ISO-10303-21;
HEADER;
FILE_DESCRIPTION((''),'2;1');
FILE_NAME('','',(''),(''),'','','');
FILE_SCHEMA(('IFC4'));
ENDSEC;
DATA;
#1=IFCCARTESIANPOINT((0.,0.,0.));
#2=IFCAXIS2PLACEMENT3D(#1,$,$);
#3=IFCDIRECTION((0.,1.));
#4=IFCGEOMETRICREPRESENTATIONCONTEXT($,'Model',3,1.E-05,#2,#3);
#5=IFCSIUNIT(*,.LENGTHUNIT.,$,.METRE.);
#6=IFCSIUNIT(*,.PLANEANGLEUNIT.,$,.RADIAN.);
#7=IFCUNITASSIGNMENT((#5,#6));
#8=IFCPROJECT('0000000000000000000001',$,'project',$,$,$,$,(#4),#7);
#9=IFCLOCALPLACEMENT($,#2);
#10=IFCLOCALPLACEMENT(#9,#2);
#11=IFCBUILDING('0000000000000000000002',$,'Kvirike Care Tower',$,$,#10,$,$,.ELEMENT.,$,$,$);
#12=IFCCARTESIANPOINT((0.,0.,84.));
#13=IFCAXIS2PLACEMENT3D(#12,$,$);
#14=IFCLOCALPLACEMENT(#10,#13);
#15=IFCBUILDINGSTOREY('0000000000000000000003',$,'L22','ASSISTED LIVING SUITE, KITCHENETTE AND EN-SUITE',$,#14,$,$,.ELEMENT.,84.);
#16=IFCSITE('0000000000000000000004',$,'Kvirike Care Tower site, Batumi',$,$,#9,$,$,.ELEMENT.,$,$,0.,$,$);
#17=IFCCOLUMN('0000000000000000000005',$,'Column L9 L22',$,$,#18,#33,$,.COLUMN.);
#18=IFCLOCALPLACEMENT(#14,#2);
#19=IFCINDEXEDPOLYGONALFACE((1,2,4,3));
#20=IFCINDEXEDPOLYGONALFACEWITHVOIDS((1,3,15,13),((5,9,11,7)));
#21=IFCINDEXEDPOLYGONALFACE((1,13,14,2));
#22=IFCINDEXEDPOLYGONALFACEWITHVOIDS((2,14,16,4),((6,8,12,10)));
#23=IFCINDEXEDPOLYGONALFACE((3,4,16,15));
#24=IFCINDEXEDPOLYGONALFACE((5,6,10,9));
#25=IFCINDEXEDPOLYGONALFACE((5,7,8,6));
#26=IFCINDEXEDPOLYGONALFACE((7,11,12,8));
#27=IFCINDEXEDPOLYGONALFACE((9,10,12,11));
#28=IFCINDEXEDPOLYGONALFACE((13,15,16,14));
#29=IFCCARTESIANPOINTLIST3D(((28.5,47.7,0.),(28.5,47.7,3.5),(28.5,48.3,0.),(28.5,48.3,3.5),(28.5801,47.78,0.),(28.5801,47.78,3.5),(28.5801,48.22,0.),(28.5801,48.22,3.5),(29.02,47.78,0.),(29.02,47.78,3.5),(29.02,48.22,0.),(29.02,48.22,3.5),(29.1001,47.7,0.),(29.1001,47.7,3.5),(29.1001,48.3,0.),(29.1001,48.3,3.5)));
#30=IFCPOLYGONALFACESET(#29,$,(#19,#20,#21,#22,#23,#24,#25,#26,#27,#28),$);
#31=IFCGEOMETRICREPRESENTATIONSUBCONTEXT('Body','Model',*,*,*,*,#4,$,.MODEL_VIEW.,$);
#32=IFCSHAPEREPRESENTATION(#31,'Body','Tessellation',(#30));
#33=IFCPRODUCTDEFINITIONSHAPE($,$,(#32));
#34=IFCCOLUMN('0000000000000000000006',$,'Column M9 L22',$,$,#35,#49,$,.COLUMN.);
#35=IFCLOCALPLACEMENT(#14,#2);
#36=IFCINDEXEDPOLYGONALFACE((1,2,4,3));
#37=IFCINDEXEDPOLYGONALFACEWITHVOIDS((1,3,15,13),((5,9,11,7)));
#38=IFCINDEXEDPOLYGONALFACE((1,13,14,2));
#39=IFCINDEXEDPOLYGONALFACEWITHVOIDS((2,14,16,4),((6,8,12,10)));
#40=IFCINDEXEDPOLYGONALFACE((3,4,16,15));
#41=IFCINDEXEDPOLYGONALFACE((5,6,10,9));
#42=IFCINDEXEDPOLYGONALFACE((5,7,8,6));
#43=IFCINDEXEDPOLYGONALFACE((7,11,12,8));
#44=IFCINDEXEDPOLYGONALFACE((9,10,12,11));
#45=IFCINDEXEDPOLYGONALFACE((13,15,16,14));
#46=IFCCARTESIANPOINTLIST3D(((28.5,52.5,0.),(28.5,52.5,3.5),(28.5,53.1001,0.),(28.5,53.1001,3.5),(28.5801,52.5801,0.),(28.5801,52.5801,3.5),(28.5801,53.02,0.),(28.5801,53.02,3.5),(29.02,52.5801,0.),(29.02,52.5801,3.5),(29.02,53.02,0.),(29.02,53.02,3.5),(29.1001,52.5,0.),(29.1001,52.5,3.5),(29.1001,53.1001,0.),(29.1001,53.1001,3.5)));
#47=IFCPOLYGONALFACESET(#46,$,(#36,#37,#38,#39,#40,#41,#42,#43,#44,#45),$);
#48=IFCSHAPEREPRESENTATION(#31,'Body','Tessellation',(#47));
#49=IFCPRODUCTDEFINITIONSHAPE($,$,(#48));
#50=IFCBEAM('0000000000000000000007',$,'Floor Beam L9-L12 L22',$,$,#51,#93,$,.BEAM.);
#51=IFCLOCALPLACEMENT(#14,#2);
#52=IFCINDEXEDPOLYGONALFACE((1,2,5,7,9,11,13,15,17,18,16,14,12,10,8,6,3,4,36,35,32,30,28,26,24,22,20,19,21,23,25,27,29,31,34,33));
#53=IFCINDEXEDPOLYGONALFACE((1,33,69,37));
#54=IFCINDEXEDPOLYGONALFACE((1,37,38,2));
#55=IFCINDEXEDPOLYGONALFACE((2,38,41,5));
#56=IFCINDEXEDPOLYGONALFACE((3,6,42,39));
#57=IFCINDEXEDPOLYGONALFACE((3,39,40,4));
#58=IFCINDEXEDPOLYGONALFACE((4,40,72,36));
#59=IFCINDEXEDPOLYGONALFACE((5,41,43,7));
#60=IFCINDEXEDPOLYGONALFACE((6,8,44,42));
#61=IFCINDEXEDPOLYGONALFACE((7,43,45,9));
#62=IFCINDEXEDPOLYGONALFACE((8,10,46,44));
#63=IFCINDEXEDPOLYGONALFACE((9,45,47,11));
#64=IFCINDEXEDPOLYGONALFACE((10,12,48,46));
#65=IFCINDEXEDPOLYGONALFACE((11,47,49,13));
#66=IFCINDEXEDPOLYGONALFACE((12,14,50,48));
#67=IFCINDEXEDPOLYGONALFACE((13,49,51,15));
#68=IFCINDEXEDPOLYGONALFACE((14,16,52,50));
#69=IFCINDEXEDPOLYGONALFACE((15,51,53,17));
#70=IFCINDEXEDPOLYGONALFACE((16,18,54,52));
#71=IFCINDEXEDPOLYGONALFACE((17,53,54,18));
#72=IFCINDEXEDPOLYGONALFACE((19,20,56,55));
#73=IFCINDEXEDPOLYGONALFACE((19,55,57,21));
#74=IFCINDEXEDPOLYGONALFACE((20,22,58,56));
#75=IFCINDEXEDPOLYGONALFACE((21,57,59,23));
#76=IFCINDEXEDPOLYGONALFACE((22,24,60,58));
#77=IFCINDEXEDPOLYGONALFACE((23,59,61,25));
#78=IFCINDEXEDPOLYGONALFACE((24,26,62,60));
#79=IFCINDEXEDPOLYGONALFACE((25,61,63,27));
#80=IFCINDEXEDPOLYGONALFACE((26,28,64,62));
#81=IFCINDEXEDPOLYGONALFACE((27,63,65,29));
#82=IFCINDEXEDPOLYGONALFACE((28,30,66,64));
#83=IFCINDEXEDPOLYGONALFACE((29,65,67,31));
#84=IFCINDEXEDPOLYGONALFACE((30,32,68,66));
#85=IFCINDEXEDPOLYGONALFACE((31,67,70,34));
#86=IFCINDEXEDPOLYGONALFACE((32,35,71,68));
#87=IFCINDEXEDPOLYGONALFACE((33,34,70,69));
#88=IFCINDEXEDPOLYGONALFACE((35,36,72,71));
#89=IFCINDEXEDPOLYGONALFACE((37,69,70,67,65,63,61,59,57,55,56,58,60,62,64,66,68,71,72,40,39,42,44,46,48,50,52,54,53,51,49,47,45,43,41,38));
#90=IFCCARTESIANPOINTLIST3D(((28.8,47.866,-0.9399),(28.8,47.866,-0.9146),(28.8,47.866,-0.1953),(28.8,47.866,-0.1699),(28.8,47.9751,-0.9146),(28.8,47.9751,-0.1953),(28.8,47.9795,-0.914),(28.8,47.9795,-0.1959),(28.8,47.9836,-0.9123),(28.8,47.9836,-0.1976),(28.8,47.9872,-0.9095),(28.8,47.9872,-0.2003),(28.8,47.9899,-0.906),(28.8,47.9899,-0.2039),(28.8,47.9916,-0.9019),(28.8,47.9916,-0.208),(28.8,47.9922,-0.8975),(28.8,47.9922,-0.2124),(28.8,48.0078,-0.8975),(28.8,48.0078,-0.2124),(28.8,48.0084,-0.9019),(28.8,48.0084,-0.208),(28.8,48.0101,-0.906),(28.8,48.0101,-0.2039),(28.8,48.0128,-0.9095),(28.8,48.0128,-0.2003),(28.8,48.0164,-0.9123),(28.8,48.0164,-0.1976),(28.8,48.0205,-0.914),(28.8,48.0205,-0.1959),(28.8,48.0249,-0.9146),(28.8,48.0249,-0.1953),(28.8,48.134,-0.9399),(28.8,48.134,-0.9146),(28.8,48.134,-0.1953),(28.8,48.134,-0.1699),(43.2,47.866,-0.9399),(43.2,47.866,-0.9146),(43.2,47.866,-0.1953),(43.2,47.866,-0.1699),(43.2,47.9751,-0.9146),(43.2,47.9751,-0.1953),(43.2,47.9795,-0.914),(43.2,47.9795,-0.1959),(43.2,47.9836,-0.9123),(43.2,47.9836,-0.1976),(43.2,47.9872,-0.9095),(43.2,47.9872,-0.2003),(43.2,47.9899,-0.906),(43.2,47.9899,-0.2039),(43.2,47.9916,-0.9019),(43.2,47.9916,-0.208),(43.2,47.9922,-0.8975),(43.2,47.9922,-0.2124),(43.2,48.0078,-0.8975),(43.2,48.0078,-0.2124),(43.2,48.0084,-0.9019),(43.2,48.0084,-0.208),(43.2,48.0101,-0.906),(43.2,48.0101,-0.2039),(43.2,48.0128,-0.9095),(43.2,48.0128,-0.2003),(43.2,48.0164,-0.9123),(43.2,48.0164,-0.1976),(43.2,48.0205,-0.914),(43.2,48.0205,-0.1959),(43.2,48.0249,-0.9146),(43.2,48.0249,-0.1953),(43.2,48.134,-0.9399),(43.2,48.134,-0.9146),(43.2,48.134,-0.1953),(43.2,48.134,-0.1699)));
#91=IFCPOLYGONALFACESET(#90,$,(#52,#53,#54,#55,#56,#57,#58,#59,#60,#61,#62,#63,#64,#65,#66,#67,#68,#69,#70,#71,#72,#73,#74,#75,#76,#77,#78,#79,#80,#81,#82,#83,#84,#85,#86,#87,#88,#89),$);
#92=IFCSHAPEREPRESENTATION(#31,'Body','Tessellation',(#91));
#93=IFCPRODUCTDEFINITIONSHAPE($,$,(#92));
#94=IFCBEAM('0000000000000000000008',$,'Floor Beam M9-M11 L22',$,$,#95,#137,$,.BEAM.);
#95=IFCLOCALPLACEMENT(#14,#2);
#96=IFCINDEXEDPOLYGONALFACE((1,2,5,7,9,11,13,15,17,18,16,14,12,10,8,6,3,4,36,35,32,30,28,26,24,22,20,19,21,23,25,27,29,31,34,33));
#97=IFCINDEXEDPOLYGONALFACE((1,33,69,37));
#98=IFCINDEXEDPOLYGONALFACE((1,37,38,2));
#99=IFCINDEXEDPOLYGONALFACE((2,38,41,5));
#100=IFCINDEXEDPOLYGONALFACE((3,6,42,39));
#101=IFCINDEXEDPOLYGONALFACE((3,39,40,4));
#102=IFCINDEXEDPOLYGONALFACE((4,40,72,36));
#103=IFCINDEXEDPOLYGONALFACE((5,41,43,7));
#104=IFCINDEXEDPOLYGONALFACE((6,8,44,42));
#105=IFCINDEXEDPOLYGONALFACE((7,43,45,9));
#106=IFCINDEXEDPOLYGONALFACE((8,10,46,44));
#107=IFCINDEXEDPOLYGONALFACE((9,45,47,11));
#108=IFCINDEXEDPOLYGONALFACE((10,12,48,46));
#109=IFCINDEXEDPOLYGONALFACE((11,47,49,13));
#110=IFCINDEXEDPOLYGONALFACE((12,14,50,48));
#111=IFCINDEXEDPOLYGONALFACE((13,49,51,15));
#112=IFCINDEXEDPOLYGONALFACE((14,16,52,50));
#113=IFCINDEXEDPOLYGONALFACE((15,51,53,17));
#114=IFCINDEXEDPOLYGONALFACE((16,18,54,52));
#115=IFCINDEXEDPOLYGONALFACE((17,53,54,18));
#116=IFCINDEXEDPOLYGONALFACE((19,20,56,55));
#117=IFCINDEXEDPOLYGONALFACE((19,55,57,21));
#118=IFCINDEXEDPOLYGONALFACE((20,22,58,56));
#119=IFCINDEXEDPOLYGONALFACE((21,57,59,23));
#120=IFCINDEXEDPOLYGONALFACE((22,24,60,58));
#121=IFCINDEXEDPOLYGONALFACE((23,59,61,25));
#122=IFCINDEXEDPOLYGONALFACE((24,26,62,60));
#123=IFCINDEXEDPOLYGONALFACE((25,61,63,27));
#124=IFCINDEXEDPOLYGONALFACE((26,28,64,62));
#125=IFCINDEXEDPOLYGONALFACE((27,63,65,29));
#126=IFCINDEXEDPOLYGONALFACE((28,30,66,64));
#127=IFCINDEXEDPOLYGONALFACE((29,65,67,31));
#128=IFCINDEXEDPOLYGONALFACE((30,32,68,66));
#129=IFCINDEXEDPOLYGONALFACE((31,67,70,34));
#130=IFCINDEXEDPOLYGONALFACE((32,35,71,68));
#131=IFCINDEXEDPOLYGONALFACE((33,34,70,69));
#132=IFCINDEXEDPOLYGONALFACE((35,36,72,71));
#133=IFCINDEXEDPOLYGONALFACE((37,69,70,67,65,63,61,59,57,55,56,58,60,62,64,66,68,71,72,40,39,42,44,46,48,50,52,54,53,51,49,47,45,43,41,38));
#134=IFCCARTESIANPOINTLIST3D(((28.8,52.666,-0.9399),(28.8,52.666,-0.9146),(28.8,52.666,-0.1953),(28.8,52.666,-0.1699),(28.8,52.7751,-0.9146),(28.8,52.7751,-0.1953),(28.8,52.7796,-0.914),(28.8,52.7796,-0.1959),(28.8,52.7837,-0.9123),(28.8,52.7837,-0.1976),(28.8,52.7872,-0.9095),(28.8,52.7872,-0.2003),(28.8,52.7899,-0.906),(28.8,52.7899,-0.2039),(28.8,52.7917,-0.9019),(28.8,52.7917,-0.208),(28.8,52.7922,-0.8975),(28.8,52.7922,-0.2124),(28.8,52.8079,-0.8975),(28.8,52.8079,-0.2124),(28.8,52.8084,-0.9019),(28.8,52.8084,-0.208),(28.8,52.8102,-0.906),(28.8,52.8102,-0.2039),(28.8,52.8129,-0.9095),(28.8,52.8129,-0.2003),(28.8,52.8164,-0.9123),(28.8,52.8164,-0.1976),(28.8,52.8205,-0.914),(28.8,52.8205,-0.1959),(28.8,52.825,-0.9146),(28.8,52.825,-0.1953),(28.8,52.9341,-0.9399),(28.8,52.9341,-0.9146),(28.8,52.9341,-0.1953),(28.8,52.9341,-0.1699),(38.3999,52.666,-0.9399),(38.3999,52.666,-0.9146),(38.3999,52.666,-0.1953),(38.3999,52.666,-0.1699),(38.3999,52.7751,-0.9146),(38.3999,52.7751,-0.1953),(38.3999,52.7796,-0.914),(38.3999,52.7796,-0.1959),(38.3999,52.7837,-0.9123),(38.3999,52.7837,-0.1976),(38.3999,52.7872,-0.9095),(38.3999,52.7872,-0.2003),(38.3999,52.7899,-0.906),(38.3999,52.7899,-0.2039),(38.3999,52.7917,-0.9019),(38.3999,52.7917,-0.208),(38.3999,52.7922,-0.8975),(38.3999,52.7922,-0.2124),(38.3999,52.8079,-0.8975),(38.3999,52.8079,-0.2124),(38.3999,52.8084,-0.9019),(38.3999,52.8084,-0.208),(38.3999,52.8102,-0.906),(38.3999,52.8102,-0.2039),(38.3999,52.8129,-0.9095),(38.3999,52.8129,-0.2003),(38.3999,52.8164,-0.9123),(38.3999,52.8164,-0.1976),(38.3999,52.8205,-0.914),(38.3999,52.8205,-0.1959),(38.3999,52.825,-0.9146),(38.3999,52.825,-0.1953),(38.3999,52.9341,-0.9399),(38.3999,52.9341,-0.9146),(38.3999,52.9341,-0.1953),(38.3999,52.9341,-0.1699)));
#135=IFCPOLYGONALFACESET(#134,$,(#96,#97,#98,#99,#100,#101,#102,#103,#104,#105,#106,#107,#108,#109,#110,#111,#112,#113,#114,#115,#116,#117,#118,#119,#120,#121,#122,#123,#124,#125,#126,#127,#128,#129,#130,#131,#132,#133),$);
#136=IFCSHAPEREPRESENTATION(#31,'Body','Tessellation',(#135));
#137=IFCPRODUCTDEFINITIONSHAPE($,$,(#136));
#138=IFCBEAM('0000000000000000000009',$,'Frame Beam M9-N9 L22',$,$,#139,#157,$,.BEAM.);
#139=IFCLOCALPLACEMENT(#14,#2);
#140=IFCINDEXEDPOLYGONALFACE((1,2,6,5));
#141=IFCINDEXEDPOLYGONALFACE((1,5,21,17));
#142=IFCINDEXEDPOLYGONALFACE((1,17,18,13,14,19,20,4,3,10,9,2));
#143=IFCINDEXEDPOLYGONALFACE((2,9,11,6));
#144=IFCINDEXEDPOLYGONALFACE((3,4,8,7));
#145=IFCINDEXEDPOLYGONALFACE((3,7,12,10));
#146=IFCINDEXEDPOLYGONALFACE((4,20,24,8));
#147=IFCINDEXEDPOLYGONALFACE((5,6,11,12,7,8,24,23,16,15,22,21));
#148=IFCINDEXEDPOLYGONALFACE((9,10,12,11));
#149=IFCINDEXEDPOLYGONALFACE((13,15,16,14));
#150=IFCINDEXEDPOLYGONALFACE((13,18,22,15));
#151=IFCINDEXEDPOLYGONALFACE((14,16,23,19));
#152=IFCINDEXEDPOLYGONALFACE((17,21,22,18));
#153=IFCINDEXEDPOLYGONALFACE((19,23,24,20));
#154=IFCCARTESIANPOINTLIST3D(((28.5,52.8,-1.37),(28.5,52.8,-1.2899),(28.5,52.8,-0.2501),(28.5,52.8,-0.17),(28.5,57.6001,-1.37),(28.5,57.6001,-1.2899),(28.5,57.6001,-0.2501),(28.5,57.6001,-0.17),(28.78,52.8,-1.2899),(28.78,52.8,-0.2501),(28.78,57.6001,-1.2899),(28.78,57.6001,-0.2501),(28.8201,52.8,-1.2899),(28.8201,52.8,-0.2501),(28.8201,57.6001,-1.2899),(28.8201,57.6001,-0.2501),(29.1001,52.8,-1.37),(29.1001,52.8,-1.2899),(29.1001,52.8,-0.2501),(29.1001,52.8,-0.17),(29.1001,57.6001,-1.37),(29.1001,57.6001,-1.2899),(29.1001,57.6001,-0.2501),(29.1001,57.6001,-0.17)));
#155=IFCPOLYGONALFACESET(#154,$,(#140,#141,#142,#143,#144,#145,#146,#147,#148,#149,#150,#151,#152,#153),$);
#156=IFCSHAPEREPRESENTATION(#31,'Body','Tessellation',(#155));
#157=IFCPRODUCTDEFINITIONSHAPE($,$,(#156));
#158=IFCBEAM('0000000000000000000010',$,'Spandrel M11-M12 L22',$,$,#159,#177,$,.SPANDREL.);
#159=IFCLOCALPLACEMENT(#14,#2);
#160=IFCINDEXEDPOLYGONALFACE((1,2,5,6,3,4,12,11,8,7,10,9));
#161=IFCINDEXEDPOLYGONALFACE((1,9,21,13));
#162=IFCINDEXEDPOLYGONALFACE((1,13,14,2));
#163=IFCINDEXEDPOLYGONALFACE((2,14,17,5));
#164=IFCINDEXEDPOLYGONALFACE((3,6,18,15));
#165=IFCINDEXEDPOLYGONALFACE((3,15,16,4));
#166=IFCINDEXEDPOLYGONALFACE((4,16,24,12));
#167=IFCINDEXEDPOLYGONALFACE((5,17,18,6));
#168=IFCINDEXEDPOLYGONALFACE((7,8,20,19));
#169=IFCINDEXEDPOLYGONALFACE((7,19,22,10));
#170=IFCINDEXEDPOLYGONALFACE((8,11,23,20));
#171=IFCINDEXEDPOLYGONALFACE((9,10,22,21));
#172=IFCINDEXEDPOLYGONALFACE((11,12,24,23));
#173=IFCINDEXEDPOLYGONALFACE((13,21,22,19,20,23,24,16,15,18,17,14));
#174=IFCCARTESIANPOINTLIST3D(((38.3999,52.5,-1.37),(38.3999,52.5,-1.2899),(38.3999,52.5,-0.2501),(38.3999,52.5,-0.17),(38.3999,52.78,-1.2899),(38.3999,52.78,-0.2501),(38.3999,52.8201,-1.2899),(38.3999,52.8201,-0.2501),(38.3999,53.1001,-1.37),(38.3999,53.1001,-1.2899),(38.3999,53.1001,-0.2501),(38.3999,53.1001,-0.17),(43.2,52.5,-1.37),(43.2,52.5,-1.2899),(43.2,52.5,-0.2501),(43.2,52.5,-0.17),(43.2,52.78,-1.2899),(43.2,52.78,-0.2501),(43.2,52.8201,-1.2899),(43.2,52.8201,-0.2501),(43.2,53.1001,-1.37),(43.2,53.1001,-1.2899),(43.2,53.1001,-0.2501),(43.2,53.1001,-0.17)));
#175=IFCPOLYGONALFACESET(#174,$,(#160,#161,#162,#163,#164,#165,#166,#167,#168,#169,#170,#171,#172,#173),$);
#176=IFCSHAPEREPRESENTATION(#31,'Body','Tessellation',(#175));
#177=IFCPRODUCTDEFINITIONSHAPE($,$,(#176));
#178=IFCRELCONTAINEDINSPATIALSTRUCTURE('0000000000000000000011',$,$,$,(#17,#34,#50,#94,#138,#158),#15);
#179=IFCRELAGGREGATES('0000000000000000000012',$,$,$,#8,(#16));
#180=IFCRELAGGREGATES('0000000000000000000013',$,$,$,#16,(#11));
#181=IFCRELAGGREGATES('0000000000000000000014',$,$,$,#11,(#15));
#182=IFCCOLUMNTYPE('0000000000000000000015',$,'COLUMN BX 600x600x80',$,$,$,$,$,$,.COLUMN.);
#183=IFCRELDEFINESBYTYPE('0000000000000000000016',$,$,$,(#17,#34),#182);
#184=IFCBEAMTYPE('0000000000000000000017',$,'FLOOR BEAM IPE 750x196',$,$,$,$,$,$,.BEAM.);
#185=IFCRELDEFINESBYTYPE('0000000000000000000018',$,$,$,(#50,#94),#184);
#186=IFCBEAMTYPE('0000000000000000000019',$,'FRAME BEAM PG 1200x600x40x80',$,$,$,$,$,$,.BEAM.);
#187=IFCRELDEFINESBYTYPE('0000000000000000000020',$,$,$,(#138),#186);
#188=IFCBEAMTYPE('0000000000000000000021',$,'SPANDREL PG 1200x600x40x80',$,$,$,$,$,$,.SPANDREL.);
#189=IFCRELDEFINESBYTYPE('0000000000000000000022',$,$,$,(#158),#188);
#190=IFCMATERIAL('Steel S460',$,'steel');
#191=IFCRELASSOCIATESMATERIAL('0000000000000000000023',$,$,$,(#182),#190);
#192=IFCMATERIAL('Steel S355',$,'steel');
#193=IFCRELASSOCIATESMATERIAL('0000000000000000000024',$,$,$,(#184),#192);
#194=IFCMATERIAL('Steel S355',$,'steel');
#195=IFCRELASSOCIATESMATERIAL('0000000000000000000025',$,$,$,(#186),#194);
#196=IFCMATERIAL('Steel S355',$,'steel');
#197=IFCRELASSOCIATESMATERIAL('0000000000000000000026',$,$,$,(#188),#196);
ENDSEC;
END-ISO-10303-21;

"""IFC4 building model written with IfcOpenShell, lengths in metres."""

from ifc_helpers import new_model, si_unit, direction, frame, origin, origin_2d, place, context, subcontext, project, spatial, hollow_rectangle, i_section, extrude, material, material_profile, profile_set, type_object, element, save


model = new_model("IFC4")

# Units and contexts
model_context = context("Model", 3, precision=1e-05, world=origin(), true_north=direction((0.0, 1.0)))
body_context = subcontext(model_context, "Body", "Model", "MODEL_VIEW")
ifc_project = project(units=[si_unit("LENGTHUNIT", "METRE"), si_unit("PLANEANGLEUNIT", "RADIAN")], contexts=[model_context])

# Site, building, storey
site_placement = place(None, origin())
site = spatial("IfcSite", under=ifc_project, at=site_placement, Name="Kvirike Care Tower site, Batumi", CompositionType="ELEMENT", RefElevation=0.0)
building_placement = place(site_placement, origin())
building = spatial("IfcBuilding", under=site, at=building_placement, Name="Kvirike Care Tower", CompositionType="ELEMENT")
storey_placement = place(building_placement, frame((0.0, 0.0, 84.0)))
storey = spatial("IfcBuildingStorey", under=building, at=storey_placement, Name="L22", Description="ASSISTED LIVING SUITE, KITCHENETTE AND EN-SUITE", CompositionType="ELEMENT", Elevation=84.0)

# Columns
ifc_material_1 = material(Name="Steel S460", Category="steel")
ifc_material_profile_1 = material_profile(ifc_material_1, hollow_rectangle(XDim=0.6001, YDim=0.6001, WallThickness=0.0801, at=origin_2d()), Name="BX 600x600x80")
ifc_profile_set_1 = profile_set([ifc_material_profile_1], Name="Steel S460")
column_type = type_object("IfcColumnType", Name="COLUMN BX 600x600x80", PredefinedType="COLUMN", material=ifc_profile_set_1)
for number, where, z_axis, x_axis, name in (
    (1, (28.8, 48.0, 0.0), (0.0, 0.0, 1.0), (1.0, 0.0, 0.0), "Column L9 L22"),
    (2, (28.8, 52.8, 0.0), (0.0, 0.0, 1.0), (0.0, 1.0, 0.0), "Column M9 L22"),
):
    element("IfcColumn", number, at=place(storey_placement, frame(where, z_axis=z_axis, x_axis=x_axis)), inside=storey, type_object=column_type, Name=name, PredefinedType="COLUMN", context=body_context, shape_type="SweptSolid", body=[
        extrude(hollow_rectangle(XDim=0.6001, YDim=0.6001, WallThickness=0.0801, at=origin_2d()), origin(), (0.0, 0.0, 1.0), 3.5),
    ])

# Beams
ifc_material_2 = material(Name="Steel S355", Category="steel")
ifc_material_profile_2 = material_profile(ifc_material_2, i_section(OverallWidth=0.2681, OverallDepth=0.77, WebThickness=0.0156, FlangeThickness=0.0254, FilletRadius=0.0171, at=origin_2d()), Name="IPE 750x196")
ifc_profile_set_2 = profile_set([ifc_material_profile_2], Name="Steel S355")
beam_type_1 = type_object("IfcBeamType", Name="FLOOR BEAM IPE 750x196", PredefinedType="BEAM", material=ifc_profile_set_2)
beam_1_placement = place(storey_placement, frame((28.8, 48.0, -0.5549), z_axis=(1.0, 0.0, 0.0), x_axis=(0.0, 1.0, 0.0)))
element("IfcBeam", 3, at=beam_1_placement, inside=storey, type_object=beam_type_1, Name="Floor Beam L9-L12 L22", PredefinedType="BEAM", context=body_context, shape_type="SweptSolid", body=[
    extrude(i_section(OverallWidth=0.2681, OverallDepth=0.77, WebThickness=0.0156, FlangeThickness=0.0254, FilletRadius=0.0171, at=origin_2d()), origin(), (0.0, 0.0, 1.0), 14.3999),
])
beam_2_placement = place(storey_placement, frame((28.8, 52.8, -0.5549), z_axis=(1.0, 0.0, 0.0), x_axis=(0.0, 1.0, 0.0)))
element("IfcBeam", 4, at=beam_2_placement, inside=storey, type_object=beam_type_1, Name="Floor Beam M9-M11 L22", PredefinedType="BEAM", context=body_context, shape_type="SweptSolid", body=[
    extrude(i_section(OverallWidth=0.2681, OverallDepth=0.77, WebThickness=0.0156, FlangeThickness=0.0254, FilletRadius=0.0171, at=origin_2d()), origin(), (0.0, 0.0, 1.0), 9.5999),
])
ifc_material_3 = material(Name="Steel S355", Category="steel")
ifc_material_profile_3 = material_profile(ifc_material_3, i_section(OverallWidth=0.6001, OverallDepth=1.2, WebThickness=0.04, FlangeThickness=0.0801, at=origin_2d()), Name="PG 1200x600x40x80")
ifc_profile_set_3 = profile_set([ifc_material_profile_3], Name="Steel S355")
beam_type_2 = type_object("IfcBeamType", Name="FRAME BEAM PG 1200x600x40x80", PredefinedType="BEAM", material=ifc_profile_set_3)
beam_3_placement = place(storey_placement, frame((28.8, 52.8, -0.77), z_axis=(0.0, 1.0, 0.0), x_axis=(-1.0, 0.0, 0.0)))
element("IfcBeam", 5, at=beam_3_placement, inside=storey, type_object=beam_type_2, Name="Frame Beam M9-N9 L22", PredefinedType="BEAM", context=body_context, shape_type="SweptSolid", body=[
    extrude(i_section(OverallWidth=0.6001, OverallDepth=1.2, WebThickness=0.04, FlangeThickness=0.0801, at=origin_2d()), origin(), (0.0, 0.0, 1.0), 4.8),
])
ifc_material_4 = material(Name="Steel S355", Category="steel")
ifc_material_profile_4 = material_profile(ifc_material_4, i_section(OverallWidth=0.6001, OverallDepth=1.2, WebThickness=0.04, FlangeThickness=0.0801, at=origin_2d()), Name="PG 1200x600x40x80")
ifc_profile_set_4 = profile_set([ifc_material_profile_4], Name="Steel S355")
beam_type_3 = type_object("IfcBeamType", Name="SPANDREL PG 1200x600x40x80", PredefinedType="SPANDREL", material=ifc_profile_set_4)
for number, where, z_axis, x_axis, name in (
    (6, (38.3999, 52.8, -0.77), (1.0, 0.0, 0.0), (0.0, 1.0, 0.0), "Spandrel M11-M12 L22"),
):
    element("IfcBeam", number, at=place(storey_placement, frame(where, z_axis=z_axis, x_axis=x_axis)), inside=storey, type_object=beam_type_3, Name=name, PredefinedType="SPANDREL", context=body_context, shape_type="SweptSolid", body=[
        extrude(i_section(OverallWidth=0.6001, OverallDepth=1.2, WebThickness=0.04, FlangeThickness=0.0801, at=origin_2d()), origin(), (0.0, 0.0, 1.0), 4.8),
    ])

save(model, "model.ifc")
